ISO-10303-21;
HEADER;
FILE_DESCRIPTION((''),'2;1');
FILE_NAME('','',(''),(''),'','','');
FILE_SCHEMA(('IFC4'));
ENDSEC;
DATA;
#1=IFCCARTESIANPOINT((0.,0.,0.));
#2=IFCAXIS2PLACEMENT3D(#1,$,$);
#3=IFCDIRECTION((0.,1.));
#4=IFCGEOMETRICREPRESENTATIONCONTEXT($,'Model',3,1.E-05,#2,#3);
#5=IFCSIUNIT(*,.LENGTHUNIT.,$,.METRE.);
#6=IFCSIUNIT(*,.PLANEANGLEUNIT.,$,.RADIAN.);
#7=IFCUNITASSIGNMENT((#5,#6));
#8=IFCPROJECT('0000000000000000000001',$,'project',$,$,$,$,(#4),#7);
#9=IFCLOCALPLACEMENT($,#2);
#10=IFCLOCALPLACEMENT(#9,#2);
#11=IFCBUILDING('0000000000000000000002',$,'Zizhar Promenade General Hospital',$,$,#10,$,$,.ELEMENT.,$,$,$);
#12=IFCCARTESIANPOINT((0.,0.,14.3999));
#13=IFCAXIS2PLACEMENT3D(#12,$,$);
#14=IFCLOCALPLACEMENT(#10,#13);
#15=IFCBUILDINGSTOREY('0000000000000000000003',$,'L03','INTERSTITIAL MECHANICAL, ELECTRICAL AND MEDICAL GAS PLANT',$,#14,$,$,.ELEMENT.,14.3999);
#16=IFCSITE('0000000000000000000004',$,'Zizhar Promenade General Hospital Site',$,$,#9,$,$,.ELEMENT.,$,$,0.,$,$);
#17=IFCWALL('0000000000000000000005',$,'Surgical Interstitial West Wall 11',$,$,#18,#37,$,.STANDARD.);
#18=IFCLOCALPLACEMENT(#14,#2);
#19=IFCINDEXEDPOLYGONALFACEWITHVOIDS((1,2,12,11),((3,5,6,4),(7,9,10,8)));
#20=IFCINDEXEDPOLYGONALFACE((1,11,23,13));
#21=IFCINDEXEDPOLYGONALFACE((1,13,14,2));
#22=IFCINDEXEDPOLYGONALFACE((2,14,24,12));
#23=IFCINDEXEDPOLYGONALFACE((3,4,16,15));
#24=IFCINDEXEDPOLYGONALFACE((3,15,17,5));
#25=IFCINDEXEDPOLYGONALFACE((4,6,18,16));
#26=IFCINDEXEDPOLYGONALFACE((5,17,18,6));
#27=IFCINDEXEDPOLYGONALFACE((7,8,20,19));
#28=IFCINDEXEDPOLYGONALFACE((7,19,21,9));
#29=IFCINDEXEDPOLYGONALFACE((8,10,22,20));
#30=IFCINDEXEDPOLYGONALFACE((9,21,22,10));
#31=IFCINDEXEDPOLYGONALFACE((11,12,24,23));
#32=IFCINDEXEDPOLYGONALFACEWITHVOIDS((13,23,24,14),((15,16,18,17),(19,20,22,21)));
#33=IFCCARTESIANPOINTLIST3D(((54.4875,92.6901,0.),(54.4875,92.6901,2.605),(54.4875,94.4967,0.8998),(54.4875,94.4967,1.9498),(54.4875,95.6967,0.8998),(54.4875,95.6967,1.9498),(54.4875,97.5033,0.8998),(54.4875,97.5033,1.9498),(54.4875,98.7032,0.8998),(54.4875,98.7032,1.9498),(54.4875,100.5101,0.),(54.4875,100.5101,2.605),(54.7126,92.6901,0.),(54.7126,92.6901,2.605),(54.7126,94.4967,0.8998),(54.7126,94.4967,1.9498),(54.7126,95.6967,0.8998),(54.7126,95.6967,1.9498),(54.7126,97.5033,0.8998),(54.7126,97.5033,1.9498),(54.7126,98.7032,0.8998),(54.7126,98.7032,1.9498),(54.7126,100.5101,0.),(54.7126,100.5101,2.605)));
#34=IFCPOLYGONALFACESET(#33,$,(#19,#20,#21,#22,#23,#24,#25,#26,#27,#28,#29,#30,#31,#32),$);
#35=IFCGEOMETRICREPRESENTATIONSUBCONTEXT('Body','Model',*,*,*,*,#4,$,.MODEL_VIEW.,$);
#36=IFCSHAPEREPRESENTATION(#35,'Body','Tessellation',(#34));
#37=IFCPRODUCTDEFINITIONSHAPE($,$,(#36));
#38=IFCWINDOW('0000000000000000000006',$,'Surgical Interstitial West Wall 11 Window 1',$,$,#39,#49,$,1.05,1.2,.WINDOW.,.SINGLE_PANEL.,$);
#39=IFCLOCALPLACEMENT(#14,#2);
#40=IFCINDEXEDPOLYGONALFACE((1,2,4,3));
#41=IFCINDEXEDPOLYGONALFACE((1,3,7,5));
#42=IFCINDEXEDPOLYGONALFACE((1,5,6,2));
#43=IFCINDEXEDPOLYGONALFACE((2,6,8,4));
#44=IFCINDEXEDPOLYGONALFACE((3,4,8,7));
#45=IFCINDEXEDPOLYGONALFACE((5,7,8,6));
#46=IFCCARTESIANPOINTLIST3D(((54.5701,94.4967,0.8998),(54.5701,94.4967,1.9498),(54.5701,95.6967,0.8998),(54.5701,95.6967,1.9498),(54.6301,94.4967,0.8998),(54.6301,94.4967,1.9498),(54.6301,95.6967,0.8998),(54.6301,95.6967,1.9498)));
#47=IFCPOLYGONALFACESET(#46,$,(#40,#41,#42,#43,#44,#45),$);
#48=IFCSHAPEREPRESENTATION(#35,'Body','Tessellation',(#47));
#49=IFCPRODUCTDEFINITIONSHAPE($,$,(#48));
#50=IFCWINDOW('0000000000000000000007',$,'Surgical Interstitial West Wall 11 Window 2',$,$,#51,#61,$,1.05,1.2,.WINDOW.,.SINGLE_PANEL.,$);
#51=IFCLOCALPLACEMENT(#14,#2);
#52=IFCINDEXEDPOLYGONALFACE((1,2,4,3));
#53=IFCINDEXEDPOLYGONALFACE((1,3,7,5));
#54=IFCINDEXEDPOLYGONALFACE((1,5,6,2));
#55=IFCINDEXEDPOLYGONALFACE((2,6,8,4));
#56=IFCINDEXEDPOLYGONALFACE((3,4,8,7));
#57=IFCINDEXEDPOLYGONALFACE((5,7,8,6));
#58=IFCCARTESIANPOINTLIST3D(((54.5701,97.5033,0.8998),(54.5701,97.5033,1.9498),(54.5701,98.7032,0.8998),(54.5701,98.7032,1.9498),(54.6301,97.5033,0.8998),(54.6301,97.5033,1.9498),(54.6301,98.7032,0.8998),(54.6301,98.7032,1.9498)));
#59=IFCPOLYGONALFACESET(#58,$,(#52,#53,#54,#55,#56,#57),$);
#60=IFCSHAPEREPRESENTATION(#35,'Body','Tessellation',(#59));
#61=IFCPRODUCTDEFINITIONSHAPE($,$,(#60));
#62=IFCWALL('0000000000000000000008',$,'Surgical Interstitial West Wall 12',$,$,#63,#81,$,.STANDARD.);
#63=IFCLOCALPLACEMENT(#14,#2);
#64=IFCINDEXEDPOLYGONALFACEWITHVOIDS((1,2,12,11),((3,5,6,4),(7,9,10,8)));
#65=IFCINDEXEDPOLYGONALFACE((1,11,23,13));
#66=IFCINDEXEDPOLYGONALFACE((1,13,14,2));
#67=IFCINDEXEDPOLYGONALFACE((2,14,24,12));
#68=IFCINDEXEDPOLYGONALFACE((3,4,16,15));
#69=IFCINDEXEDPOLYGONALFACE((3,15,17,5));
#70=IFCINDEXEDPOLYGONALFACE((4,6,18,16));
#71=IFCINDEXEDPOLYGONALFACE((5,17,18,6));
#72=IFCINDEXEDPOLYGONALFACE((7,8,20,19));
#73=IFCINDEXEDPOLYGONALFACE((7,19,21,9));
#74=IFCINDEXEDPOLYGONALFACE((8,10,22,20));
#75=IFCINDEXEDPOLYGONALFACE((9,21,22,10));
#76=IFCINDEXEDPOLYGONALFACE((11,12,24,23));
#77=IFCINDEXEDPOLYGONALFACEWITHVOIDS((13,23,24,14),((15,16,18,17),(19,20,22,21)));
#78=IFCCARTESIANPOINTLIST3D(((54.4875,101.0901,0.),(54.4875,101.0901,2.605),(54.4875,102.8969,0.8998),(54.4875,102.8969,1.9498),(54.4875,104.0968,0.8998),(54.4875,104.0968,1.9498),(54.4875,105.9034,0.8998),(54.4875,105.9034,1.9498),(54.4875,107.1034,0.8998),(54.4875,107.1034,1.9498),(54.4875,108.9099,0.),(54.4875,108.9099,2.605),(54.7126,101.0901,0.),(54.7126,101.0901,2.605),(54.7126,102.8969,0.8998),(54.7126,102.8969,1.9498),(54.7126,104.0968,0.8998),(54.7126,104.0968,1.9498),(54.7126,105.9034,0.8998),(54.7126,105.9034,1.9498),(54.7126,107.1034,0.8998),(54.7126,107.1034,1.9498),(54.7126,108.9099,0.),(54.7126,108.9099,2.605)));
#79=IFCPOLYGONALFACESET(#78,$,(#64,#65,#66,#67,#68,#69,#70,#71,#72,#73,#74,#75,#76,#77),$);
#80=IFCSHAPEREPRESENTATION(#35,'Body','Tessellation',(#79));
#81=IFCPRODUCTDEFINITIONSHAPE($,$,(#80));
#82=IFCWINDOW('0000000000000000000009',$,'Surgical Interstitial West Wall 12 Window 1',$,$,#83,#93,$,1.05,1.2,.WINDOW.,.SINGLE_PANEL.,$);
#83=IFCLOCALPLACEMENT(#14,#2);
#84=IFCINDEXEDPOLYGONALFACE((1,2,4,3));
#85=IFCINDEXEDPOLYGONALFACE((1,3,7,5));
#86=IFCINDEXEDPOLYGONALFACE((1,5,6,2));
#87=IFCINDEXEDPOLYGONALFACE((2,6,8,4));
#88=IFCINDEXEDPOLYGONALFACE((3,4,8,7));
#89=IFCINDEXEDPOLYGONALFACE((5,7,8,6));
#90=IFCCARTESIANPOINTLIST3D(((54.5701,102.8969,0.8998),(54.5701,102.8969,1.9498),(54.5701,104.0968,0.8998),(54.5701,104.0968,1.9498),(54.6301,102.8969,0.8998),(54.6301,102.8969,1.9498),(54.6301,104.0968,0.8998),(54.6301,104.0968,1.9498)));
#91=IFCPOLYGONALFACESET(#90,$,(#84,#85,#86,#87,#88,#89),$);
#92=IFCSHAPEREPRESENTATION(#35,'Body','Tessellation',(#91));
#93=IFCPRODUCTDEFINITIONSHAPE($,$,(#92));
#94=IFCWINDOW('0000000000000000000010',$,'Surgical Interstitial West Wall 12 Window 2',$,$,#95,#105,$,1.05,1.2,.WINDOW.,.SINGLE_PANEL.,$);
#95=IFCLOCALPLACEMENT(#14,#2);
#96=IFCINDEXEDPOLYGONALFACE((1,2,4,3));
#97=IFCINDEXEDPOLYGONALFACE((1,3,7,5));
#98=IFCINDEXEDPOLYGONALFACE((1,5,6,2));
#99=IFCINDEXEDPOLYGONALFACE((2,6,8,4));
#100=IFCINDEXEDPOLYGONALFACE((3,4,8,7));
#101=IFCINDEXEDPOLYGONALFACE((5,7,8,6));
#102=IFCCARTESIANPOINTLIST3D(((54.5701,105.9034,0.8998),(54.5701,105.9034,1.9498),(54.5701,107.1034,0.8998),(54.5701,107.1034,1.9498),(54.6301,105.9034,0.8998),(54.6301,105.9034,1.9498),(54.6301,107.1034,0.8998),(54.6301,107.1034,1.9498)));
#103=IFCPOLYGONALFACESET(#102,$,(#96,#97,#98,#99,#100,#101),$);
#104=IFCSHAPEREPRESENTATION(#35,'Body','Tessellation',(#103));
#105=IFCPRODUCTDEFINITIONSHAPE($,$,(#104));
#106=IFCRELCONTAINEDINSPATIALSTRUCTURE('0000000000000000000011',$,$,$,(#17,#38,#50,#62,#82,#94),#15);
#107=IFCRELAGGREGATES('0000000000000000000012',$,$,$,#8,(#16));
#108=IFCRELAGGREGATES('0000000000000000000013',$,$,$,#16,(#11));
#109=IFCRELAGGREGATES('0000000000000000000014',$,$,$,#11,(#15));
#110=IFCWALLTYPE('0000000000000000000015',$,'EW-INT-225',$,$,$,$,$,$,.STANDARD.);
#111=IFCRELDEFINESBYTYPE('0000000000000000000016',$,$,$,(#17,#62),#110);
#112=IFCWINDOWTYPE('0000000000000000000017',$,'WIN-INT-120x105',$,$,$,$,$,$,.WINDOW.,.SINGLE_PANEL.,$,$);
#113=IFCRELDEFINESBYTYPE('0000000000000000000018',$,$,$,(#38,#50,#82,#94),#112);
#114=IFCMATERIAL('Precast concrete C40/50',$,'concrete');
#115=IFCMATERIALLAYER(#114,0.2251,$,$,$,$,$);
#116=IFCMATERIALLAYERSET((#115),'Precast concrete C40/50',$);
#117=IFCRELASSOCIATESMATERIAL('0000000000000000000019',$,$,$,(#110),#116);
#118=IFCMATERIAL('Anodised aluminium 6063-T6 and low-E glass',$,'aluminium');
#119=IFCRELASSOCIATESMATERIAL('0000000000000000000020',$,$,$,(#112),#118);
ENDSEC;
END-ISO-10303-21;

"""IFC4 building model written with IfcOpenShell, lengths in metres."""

from ifc_helpers import new_model, si_unit, direction, frame, frame_2d, origin, place, context, subcontext, project, spatial, rectangle, extrude, material, layer, layer_set, type_object, element, fill, save


model = new_model("IFC4")

# Units and contexts
model_context = context("Model", 3, precision=1e-05, world=origin(), true_north=direction((0.0, 1.0)))
body_context = subcontext(model_context, "Body", "Model", "MODEL_VIEW")
ifc_project = project(units=[si_unit("LENGTHUNIT", "METRE"), si_unit("PLANEANGLEUNIT", "RADIAN")], contexts=[model_context])

# Site, building, storey
site_placement = place(None, origin())
site = spatial("IfcSite", under=ifc_project, at=site_placement, Name="Zizhar Promenade General Hospital Site", CompositionType="ELEMENT", RefElevation=0.0)
building_placement = place(site_placement, origin())
building = spatial("IfcBuilding", under=site, at=building_placement, Name="Zizhar Promenade General Hospital", CompositionType="ELEMENT")
storey_placement = place(building_placement, frame((0.0, 0.0, 14.3999)))
storey = spatial("IfcBuildingStorey", under=building, at=storey_placement, Name="L03", Description="INTERSTITIAL MECHANICAL, ELECTRICAL AND MEDICAL GAS PLANT", CompositionType="ELEMENT", Elevation=14.3999)

# Walls, openings, windows
ifc_material_1 = material(Name="Precast concrete C40/50", Category="concrete")
ifc_layer_1 = layer(ifc_material_1, 0.2251)
ifc_layer_set_1 = layer_set([ifc_layer_1], Name="Precast concrete C40/50")
wall_type = type_object("IfcWallType", Name="EW-INT-225", PredefinedType="STANDARD", material=ifc_layer_set_1)
wall_1_placement = place(storey_placement, frame((54.6001, 92.6899, 0.0), z_axis=(0.0, 0.0, 1.0), x_axis=(0.0, 1.0, 0.0)))
wall_1 = element("IfcWall", 1, at=wall_1_placement, inside=storey, type_object=wall_type, Name="Surgical Interstitial West Wall 11", PredefinedType="STANDARD", context=body_context, shape_type="SweptSolid", body=[
    extrude(rectangle(XDim=7.8201, YDim=0.2251, at=frame_2d((3.9102, 0.0))), origin(), (0.0, 0.0, 1.0), 2.605),
])
opening_1_placement = place(wall_1_placement, frame((1.8066, 0.0, 0.8999)))
opening_1 = element("IfcOpeningElement", 2, at=opening_1_placement, cuts=wall_1, PredefinedType="OPENING", context=body_context, shape_type="SweptSolid", body=[
    extrude(rectangle(XDim=1.2, YDim=1.05, at=frame_2d((0.6001, 0.5249))), frame((0.0, 0.1226, 0.0), z_axis=(0.0, -1.0, 0.0), x_axis=(1.0, 0.0, 0.0)), (0.0, 0.0, 1.0), 0.2451),
])
opening_2_placement = place(wall_1_placement, frame((4.8132, 0.0, 0.8999)))
opening_2 = element("IfcOpeningElement", 3, at=opening_2_placement, cuts=wall_1, PredefinedType="OPENING", context=body_context, shape_type="SweptSolid", body=[
    extrude(rectangle(XDim=1.2, YDim=1.05, at=frame_2d((0.6001, 0.5249))), frame((0.0, 0.1226, 0.0), z_axis=(0.0, -1.0, 0.0), x_axis=(1.0, 0.0, 0.0)), (0.0, 0.0, 1.0), 0.2451),
])
ifc_material_2 = material(Name="Anodised aluminium 6063-T6 and low-E glass", Category="aluminium")
window_type = type_object("IfcWindowType", Name="WIN-INT-120x105", PartitioningType="SINGLE_PANEL", PredefinedType="WINDOW", material=ifc_material_2)
window_1_placement = place(opening_1_placement, origin())
window_1 = element("IfcWindow", 4, at=window_1_placement, inside=storey, type_object=window_type, Name="Surgical Interstitial West Wall 11 Window 1", OverallHeight=1.05, OverallWidth=1.2, PartitioningType="SINGLE_PANEL", PredefinedType="WINDOW", context=body_context, shape_type="SweptSolid", body=[
    extrude(rectangle(XDim=1.2, YDim=1.05, at=frame_2d((0.6001, 0.5249))), frame((0.0, 0.03, 0.0), z_axis=(0.0, -1.0, 0.0), x_axis=(1.0, 0.0, 0.0)), (0.0, 0.0, 1.0), 0.0601),
])
fill(opening_1, window_1)
window_2_placement = place(opening_2_placement, origin())
window_2 = element("IfcWindow", 5, at=window_2_placement, inside=storey, type_object=window_type, Name="Surgical Interstitial West Wall 11 Window 2", OverallHeight=1.05, OverallWidth=1.2, PartitioningType="SINGLE_PANEL", PredefinedType="WINDOW", context=body_context, shape_type="SweptSolid", body=[
    extrude(rectangle(XDim=1.2, YDim=1.05, at=frame_2d((0.6001, 0.5249))), frame((0.0, 0.03, 0.0), z_axis=(0.0, -1.0, 0.0), x_axis=(1.0, 0.0, 0.0)), (0.0, 0.0, 1.0), 0.0601),
])
fill(opening_2, window_2)
wall_2_placement = place(storey_placement, frame((54.6001, 101.0901, 0.0), z_axis=(0.0, 0.0, 1.0), x_axis=(0.0, 1.0, 0.0)))
wall_2 = element("IfcWall", 6, at=wall_2_placement, inside=storey, type_object=wall_type, Name="Surgical Interstitial West Wall 12", PredefinedType="STANDARD", context=body_context, shape_type="SweptSolid", body=[
    extrude(rectangle(XDim=7.8198, YDim=0.2251, at=frame_2d((3.9099, 0.0))), origin(), (0.0, 0.0, 1.0), 2.605),
])
opening_3_placement = place(wall_2_placement, frame((1.8066, 0.0, 0.8999)))
opening_3 = element("IfcOpeningElement", 7, at=opening_3_placement, cuts=wall_2, PredefinedType="OPENING", context=body_context, shape_type="SweptSolid", body=[
    extrude(rectangle(XDim=1.2, YDim=1.05, at=frame_2d((0.6001, 0.5249))), frame((0.0, 0.1226, 0.0), z_axis=(0.0, -1.0, 0.0), x_axis=(1.0, 0.0, 0.0)), (0.0, 0.0, 1.0), 0.2451),
])
opening_4_placement = place(wall_2_placement, frame((4.8132, 0.0, 0.8999)))
opening_4 = element("IfcOpeningElement", 8, at=opening_4_placement, cuts=wall_2, PredefinedType="OPENING", context=body_context, shape_type="SweptSolid", body=[
    extrude(rectangle(XDim=1.2, YDim=1.05, at=frame_2d((0.6001, 0.5249))), frame((0.0, 0.1226, 0.0), z_axis=(0.0, -1.0, 0.0), x_axis=(1.0, 0.0, 0.0)), (0.0, 0.0, 1.0), 0.2451),
])
window_3_placement = place(opening_3_placement, origin())
window_3 = element("IfcWindow", 9, at=window_3_placement, inside=storey, type_object=window_type, Name="Surgical Interstitial West Wall 12 Window 1", OverallHeight=1.05, OverallWidth=1.2, PartitioningType="SINGLE_PANEL", PredefinedType="WINDOW", context=body_context, shape_type="SweptSolid", body=[
    extrude(rectangle(XDim=1.2, YDim=1.05, at=frame_2d((0.6001, 0.5249))), frame((0.0, 0.03, 0.0), z_axis=(0.0, -1.0, 0.0), x_axis=(1.0, 0.0, 0.0)), (0.0, 0.0, 1.0), 0.0601),
])
fill(opening_3, window_3)
window_4_placement = place(opening_4_placement, origin())
window_4 = element("IfcWindow", 10, at=window_4_placement, inside=storey, type_object=window_type, Name="Surgical Interstitial West Wall 12 Window 2", OverallHeight=1.05, OverallWidth=1.2, PartitioningType="SINGLE_PANEL", PredefinedType="WINDOW", context=body_context, shape_type="SweptSolid", body=[
    extrude(rectangle(XDim=1.2, YDim=1.05, at=frame_2d((0.6001, 0.5249))), frame((0.0, 0.03, 0.0), z_axis=(0.0, -1.0, 0.0), x_axis=(1.0, 0.0, 0.0)), (0.0, 0.0, 1.0), 0.0601),
])
fill(opening_4, window_4)

save(model, "model.ifc")
